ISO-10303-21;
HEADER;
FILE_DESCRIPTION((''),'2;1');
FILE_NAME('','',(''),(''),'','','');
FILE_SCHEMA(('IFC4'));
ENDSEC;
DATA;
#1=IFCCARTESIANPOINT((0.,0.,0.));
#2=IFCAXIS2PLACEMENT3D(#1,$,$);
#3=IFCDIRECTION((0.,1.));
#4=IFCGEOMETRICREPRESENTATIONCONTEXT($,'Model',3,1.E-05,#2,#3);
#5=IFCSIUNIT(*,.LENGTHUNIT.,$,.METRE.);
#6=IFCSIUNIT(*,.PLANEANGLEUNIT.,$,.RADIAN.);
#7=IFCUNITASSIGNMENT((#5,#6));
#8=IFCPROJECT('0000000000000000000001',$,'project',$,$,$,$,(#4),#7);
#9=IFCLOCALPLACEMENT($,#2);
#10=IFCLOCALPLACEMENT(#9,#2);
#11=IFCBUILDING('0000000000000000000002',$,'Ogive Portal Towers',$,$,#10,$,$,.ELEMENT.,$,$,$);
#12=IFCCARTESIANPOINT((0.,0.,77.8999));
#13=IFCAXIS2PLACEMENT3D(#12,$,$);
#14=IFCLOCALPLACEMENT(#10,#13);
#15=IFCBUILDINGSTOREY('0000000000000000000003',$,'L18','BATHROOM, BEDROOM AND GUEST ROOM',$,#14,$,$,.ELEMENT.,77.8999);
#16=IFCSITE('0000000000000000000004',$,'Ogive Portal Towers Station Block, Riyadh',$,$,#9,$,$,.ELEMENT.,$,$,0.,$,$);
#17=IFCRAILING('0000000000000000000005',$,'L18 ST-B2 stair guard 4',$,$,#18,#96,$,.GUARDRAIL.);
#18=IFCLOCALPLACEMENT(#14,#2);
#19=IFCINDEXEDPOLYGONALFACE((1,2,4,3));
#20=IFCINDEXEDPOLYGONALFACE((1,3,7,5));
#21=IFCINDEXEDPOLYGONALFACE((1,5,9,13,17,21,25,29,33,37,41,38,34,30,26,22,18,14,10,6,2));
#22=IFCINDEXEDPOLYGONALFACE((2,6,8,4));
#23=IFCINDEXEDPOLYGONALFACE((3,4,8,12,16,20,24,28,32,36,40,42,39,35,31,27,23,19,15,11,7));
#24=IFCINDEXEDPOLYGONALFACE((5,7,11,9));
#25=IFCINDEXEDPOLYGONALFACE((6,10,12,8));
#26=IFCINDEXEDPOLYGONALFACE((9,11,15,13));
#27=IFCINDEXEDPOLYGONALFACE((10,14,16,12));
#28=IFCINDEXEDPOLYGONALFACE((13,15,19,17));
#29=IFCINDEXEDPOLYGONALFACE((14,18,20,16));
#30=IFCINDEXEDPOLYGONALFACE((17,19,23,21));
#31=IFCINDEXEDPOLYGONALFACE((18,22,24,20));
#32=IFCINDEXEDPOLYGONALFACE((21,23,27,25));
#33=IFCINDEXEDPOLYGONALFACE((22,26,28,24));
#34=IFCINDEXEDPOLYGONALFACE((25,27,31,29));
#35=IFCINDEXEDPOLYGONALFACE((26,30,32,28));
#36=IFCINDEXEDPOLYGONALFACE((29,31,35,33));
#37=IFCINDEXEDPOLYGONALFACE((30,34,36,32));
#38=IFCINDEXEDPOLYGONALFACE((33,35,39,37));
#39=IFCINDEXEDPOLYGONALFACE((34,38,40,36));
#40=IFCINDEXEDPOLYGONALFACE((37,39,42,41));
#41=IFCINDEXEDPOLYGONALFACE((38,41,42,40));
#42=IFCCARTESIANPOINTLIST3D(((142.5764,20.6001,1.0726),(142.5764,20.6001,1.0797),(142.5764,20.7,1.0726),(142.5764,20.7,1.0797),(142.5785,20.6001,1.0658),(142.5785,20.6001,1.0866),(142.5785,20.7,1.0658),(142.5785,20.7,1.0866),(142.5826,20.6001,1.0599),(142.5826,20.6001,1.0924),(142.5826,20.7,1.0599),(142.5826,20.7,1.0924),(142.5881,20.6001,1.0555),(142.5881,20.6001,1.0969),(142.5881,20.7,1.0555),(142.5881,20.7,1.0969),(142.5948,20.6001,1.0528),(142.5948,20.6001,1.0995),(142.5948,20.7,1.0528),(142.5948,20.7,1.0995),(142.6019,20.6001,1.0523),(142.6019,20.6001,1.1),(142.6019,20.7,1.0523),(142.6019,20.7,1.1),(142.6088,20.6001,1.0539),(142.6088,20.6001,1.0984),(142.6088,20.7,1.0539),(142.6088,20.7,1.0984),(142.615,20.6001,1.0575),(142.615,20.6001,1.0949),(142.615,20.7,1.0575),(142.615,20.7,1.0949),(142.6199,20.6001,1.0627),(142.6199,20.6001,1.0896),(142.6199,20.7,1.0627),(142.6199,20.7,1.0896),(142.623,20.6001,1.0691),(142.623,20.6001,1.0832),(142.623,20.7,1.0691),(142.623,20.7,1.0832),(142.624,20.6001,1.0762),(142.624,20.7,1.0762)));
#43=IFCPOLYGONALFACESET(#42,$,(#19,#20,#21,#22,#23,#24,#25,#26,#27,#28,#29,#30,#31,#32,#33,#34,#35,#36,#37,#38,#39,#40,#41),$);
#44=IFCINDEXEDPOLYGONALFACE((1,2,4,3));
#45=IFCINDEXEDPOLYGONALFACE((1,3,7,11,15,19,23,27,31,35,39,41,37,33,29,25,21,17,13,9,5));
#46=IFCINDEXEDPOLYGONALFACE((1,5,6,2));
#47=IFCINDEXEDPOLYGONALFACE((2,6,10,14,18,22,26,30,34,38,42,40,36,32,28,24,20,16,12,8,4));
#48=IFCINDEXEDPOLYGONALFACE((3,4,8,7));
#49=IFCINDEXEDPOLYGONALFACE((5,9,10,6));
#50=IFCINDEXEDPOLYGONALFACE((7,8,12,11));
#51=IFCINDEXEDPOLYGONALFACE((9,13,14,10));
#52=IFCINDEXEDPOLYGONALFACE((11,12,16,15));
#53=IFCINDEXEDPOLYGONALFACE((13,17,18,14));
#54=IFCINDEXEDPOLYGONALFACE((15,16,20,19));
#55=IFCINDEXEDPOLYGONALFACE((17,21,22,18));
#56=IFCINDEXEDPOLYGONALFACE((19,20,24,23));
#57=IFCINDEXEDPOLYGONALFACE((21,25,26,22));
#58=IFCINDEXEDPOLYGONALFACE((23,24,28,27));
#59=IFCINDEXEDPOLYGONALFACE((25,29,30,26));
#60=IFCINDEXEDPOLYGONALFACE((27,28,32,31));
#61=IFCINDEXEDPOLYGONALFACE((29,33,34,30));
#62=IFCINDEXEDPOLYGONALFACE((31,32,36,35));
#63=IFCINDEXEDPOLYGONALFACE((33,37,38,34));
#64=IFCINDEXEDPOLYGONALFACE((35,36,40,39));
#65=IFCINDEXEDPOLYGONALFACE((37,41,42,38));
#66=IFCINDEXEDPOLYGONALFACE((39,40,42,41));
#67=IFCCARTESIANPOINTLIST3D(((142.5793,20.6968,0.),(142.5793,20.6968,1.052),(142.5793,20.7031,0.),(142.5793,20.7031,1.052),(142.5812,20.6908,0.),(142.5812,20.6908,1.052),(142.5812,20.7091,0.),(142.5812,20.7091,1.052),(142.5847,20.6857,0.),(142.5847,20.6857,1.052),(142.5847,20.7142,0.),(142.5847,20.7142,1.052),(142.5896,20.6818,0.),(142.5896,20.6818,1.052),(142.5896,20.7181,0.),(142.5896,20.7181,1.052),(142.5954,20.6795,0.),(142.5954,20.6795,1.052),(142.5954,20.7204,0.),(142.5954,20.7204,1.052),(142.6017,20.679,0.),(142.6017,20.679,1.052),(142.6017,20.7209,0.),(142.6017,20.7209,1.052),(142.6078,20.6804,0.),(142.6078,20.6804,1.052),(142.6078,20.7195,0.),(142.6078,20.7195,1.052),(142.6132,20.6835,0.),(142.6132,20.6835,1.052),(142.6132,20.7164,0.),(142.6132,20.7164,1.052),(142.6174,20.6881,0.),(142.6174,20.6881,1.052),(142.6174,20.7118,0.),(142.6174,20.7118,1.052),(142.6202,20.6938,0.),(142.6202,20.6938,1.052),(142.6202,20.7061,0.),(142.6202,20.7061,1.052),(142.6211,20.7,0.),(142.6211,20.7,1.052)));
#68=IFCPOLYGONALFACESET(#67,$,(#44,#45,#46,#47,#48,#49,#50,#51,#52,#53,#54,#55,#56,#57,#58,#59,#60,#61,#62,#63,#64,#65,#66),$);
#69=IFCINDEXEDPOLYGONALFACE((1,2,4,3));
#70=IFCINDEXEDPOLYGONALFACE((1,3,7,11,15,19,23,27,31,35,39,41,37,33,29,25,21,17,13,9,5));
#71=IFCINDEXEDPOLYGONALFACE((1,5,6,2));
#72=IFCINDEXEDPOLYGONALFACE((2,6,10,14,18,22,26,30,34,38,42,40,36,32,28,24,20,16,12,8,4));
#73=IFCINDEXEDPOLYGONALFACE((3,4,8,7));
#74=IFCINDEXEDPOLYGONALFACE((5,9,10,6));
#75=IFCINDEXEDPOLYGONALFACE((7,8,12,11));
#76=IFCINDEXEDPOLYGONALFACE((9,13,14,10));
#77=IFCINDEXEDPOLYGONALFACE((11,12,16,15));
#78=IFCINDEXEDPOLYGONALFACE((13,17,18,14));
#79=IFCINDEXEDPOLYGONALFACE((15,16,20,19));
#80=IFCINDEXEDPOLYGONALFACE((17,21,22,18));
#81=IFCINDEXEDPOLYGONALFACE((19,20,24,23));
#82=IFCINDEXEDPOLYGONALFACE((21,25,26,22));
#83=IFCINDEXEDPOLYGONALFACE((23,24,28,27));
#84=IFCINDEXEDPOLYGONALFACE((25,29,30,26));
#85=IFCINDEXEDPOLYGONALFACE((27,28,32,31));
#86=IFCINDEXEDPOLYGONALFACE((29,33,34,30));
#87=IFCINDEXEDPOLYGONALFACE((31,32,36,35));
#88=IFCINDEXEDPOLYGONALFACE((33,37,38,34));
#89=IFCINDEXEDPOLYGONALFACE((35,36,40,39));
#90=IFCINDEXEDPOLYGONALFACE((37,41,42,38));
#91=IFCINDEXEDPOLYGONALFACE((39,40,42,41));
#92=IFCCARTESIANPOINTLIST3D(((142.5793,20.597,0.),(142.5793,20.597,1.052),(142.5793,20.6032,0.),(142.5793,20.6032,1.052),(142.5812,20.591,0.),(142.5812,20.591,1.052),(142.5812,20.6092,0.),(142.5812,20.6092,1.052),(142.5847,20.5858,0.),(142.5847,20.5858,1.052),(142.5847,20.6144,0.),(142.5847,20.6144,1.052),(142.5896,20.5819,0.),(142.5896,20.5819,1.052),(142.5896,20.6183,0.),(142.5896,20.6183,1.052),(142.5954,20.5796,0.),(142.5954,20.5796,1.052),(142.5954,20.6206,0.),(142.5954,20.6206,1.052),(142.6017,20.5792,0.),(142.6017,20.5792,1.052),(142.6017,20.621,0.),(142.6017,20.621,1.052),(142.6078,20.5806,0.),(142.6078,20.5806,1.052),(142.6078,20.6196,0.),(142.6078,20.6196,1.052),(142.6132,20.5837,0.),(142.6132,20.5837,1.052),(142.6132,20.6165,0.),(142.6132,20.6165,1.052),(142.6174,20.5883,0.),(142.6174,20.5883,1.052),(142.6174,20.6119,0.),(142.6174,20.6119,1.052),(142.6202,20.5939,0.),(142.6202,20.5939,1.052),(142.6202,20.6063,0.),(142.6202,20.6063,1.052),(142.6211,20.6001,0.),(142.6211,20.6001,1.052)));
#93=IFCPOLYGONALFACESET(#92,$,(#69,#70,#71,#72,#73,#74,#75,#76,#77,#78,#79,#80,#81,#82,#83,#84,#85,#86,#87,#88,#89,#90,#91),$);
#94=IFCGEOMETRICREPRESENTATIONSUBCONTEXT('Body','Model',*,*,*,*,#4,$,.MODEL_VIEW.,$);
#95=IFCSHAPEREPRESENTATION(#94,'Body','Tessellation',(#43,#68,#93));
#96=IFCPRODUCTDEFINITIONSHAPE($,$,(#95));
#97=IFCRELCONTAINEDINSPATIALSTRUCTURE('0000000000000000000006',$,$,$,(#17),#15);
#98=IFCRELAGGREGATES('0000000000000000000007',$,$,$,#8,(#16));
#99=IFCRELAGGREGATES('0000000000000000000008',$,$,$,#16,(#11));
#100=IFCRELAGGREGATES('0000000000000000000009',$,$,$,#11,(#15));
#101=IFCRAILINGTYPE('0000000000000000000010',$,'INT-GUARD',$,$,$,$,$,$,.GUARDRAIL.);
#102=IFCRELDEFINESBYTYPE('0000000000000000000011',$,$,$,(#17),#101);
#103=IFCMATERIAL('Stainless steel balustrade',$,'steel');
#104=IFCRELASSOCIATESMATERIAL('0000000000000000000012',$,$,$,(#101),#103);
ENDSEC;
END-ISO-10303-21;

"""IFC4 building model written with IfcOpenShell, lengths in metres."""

from ifc_helpers import new_model, si_unit, direction, frame, origin, origin_2d, place, context, subcontext, project, spatial, circle, extrude, material, type_object, element, save


model = new_model("IFC4")

# Units and contexts
model_context = context("Model", 3, precision=1e-05, world=origin(), true_north=direction((0.0, 1.0)))
body_context = subcontext(model_context, "Body", "Model", "MODEL_VIEW")
ifc_project = project(units=[si_unit("LENGTHUNIT", "METRE"), si_unit("PLANEANGLEUNIT", "RADIAN")], contexts=[model_context])

# Site, building, storey
site_placement = place(None, origin())
site = spatial("IfcSite", under=ifc_project, at=site_placement, Name="Ogive Portal Towers Station Block, Riyadh", CompositionType="ELEMENT", RefElevation=0.0)
building_placement = place(site_placement, origin())
building = spatial("IfcBuilding", under=site, at=building_placement, Name="Ogive Portal Towers", CompositionType="ELEMENT")
storey_placement = place(building_placement, frame((0.0, 0.0, 77.8999)))
storey = spatial("IfcBuildingStorey", under=building, at=storey_placement, Name="L18", Description="BATHROOM, BEDROOM AND GUEST ROOM", CompositionType="ELEMENT", Elevation=77.8999)

# Railing
ifc_material_1 = material(Name="Stainless steel balustrade", Category="steel")
railing_type_1 = type_object("IfcRailingType", Name="INT-GUARD", PredefinedType="GUARDRAIL", material=ifc_material_1)
railing_1_placement = place(storey_placement, frame((142.6001, 20.7, 0.0)))
element("IfcRailing", 1, at=railing_1_placement, inside=storey, type_object=railing_type_1, Name="L18 ST-B2 stair guard 4", PredefinedType="GUARDRAIL", context=body_context, shape_type="SweptSolid", body=[
    extrude(circle(Radius=0.0239, at=origin_2d()), frame((0.0, 0.0, 1.0762), z_axis=(0.0, -1.0, 0.0), x_axis=(1.0, 0.0, 0.0)), (0.0, 0.0, 1.0), 0.0999),
    extrude(circle(Radius=0.021, at=origin_2d()), origin(), (0.0, 0.0, 1.0), 1.052),
    extrude(circle(Radius=0.021, at=origin_2d()), frame((0.0, -0.0999, 0.0)), (0.0, 0.0, 1.0), 1.052),
])

save(model, "model.ifc")
